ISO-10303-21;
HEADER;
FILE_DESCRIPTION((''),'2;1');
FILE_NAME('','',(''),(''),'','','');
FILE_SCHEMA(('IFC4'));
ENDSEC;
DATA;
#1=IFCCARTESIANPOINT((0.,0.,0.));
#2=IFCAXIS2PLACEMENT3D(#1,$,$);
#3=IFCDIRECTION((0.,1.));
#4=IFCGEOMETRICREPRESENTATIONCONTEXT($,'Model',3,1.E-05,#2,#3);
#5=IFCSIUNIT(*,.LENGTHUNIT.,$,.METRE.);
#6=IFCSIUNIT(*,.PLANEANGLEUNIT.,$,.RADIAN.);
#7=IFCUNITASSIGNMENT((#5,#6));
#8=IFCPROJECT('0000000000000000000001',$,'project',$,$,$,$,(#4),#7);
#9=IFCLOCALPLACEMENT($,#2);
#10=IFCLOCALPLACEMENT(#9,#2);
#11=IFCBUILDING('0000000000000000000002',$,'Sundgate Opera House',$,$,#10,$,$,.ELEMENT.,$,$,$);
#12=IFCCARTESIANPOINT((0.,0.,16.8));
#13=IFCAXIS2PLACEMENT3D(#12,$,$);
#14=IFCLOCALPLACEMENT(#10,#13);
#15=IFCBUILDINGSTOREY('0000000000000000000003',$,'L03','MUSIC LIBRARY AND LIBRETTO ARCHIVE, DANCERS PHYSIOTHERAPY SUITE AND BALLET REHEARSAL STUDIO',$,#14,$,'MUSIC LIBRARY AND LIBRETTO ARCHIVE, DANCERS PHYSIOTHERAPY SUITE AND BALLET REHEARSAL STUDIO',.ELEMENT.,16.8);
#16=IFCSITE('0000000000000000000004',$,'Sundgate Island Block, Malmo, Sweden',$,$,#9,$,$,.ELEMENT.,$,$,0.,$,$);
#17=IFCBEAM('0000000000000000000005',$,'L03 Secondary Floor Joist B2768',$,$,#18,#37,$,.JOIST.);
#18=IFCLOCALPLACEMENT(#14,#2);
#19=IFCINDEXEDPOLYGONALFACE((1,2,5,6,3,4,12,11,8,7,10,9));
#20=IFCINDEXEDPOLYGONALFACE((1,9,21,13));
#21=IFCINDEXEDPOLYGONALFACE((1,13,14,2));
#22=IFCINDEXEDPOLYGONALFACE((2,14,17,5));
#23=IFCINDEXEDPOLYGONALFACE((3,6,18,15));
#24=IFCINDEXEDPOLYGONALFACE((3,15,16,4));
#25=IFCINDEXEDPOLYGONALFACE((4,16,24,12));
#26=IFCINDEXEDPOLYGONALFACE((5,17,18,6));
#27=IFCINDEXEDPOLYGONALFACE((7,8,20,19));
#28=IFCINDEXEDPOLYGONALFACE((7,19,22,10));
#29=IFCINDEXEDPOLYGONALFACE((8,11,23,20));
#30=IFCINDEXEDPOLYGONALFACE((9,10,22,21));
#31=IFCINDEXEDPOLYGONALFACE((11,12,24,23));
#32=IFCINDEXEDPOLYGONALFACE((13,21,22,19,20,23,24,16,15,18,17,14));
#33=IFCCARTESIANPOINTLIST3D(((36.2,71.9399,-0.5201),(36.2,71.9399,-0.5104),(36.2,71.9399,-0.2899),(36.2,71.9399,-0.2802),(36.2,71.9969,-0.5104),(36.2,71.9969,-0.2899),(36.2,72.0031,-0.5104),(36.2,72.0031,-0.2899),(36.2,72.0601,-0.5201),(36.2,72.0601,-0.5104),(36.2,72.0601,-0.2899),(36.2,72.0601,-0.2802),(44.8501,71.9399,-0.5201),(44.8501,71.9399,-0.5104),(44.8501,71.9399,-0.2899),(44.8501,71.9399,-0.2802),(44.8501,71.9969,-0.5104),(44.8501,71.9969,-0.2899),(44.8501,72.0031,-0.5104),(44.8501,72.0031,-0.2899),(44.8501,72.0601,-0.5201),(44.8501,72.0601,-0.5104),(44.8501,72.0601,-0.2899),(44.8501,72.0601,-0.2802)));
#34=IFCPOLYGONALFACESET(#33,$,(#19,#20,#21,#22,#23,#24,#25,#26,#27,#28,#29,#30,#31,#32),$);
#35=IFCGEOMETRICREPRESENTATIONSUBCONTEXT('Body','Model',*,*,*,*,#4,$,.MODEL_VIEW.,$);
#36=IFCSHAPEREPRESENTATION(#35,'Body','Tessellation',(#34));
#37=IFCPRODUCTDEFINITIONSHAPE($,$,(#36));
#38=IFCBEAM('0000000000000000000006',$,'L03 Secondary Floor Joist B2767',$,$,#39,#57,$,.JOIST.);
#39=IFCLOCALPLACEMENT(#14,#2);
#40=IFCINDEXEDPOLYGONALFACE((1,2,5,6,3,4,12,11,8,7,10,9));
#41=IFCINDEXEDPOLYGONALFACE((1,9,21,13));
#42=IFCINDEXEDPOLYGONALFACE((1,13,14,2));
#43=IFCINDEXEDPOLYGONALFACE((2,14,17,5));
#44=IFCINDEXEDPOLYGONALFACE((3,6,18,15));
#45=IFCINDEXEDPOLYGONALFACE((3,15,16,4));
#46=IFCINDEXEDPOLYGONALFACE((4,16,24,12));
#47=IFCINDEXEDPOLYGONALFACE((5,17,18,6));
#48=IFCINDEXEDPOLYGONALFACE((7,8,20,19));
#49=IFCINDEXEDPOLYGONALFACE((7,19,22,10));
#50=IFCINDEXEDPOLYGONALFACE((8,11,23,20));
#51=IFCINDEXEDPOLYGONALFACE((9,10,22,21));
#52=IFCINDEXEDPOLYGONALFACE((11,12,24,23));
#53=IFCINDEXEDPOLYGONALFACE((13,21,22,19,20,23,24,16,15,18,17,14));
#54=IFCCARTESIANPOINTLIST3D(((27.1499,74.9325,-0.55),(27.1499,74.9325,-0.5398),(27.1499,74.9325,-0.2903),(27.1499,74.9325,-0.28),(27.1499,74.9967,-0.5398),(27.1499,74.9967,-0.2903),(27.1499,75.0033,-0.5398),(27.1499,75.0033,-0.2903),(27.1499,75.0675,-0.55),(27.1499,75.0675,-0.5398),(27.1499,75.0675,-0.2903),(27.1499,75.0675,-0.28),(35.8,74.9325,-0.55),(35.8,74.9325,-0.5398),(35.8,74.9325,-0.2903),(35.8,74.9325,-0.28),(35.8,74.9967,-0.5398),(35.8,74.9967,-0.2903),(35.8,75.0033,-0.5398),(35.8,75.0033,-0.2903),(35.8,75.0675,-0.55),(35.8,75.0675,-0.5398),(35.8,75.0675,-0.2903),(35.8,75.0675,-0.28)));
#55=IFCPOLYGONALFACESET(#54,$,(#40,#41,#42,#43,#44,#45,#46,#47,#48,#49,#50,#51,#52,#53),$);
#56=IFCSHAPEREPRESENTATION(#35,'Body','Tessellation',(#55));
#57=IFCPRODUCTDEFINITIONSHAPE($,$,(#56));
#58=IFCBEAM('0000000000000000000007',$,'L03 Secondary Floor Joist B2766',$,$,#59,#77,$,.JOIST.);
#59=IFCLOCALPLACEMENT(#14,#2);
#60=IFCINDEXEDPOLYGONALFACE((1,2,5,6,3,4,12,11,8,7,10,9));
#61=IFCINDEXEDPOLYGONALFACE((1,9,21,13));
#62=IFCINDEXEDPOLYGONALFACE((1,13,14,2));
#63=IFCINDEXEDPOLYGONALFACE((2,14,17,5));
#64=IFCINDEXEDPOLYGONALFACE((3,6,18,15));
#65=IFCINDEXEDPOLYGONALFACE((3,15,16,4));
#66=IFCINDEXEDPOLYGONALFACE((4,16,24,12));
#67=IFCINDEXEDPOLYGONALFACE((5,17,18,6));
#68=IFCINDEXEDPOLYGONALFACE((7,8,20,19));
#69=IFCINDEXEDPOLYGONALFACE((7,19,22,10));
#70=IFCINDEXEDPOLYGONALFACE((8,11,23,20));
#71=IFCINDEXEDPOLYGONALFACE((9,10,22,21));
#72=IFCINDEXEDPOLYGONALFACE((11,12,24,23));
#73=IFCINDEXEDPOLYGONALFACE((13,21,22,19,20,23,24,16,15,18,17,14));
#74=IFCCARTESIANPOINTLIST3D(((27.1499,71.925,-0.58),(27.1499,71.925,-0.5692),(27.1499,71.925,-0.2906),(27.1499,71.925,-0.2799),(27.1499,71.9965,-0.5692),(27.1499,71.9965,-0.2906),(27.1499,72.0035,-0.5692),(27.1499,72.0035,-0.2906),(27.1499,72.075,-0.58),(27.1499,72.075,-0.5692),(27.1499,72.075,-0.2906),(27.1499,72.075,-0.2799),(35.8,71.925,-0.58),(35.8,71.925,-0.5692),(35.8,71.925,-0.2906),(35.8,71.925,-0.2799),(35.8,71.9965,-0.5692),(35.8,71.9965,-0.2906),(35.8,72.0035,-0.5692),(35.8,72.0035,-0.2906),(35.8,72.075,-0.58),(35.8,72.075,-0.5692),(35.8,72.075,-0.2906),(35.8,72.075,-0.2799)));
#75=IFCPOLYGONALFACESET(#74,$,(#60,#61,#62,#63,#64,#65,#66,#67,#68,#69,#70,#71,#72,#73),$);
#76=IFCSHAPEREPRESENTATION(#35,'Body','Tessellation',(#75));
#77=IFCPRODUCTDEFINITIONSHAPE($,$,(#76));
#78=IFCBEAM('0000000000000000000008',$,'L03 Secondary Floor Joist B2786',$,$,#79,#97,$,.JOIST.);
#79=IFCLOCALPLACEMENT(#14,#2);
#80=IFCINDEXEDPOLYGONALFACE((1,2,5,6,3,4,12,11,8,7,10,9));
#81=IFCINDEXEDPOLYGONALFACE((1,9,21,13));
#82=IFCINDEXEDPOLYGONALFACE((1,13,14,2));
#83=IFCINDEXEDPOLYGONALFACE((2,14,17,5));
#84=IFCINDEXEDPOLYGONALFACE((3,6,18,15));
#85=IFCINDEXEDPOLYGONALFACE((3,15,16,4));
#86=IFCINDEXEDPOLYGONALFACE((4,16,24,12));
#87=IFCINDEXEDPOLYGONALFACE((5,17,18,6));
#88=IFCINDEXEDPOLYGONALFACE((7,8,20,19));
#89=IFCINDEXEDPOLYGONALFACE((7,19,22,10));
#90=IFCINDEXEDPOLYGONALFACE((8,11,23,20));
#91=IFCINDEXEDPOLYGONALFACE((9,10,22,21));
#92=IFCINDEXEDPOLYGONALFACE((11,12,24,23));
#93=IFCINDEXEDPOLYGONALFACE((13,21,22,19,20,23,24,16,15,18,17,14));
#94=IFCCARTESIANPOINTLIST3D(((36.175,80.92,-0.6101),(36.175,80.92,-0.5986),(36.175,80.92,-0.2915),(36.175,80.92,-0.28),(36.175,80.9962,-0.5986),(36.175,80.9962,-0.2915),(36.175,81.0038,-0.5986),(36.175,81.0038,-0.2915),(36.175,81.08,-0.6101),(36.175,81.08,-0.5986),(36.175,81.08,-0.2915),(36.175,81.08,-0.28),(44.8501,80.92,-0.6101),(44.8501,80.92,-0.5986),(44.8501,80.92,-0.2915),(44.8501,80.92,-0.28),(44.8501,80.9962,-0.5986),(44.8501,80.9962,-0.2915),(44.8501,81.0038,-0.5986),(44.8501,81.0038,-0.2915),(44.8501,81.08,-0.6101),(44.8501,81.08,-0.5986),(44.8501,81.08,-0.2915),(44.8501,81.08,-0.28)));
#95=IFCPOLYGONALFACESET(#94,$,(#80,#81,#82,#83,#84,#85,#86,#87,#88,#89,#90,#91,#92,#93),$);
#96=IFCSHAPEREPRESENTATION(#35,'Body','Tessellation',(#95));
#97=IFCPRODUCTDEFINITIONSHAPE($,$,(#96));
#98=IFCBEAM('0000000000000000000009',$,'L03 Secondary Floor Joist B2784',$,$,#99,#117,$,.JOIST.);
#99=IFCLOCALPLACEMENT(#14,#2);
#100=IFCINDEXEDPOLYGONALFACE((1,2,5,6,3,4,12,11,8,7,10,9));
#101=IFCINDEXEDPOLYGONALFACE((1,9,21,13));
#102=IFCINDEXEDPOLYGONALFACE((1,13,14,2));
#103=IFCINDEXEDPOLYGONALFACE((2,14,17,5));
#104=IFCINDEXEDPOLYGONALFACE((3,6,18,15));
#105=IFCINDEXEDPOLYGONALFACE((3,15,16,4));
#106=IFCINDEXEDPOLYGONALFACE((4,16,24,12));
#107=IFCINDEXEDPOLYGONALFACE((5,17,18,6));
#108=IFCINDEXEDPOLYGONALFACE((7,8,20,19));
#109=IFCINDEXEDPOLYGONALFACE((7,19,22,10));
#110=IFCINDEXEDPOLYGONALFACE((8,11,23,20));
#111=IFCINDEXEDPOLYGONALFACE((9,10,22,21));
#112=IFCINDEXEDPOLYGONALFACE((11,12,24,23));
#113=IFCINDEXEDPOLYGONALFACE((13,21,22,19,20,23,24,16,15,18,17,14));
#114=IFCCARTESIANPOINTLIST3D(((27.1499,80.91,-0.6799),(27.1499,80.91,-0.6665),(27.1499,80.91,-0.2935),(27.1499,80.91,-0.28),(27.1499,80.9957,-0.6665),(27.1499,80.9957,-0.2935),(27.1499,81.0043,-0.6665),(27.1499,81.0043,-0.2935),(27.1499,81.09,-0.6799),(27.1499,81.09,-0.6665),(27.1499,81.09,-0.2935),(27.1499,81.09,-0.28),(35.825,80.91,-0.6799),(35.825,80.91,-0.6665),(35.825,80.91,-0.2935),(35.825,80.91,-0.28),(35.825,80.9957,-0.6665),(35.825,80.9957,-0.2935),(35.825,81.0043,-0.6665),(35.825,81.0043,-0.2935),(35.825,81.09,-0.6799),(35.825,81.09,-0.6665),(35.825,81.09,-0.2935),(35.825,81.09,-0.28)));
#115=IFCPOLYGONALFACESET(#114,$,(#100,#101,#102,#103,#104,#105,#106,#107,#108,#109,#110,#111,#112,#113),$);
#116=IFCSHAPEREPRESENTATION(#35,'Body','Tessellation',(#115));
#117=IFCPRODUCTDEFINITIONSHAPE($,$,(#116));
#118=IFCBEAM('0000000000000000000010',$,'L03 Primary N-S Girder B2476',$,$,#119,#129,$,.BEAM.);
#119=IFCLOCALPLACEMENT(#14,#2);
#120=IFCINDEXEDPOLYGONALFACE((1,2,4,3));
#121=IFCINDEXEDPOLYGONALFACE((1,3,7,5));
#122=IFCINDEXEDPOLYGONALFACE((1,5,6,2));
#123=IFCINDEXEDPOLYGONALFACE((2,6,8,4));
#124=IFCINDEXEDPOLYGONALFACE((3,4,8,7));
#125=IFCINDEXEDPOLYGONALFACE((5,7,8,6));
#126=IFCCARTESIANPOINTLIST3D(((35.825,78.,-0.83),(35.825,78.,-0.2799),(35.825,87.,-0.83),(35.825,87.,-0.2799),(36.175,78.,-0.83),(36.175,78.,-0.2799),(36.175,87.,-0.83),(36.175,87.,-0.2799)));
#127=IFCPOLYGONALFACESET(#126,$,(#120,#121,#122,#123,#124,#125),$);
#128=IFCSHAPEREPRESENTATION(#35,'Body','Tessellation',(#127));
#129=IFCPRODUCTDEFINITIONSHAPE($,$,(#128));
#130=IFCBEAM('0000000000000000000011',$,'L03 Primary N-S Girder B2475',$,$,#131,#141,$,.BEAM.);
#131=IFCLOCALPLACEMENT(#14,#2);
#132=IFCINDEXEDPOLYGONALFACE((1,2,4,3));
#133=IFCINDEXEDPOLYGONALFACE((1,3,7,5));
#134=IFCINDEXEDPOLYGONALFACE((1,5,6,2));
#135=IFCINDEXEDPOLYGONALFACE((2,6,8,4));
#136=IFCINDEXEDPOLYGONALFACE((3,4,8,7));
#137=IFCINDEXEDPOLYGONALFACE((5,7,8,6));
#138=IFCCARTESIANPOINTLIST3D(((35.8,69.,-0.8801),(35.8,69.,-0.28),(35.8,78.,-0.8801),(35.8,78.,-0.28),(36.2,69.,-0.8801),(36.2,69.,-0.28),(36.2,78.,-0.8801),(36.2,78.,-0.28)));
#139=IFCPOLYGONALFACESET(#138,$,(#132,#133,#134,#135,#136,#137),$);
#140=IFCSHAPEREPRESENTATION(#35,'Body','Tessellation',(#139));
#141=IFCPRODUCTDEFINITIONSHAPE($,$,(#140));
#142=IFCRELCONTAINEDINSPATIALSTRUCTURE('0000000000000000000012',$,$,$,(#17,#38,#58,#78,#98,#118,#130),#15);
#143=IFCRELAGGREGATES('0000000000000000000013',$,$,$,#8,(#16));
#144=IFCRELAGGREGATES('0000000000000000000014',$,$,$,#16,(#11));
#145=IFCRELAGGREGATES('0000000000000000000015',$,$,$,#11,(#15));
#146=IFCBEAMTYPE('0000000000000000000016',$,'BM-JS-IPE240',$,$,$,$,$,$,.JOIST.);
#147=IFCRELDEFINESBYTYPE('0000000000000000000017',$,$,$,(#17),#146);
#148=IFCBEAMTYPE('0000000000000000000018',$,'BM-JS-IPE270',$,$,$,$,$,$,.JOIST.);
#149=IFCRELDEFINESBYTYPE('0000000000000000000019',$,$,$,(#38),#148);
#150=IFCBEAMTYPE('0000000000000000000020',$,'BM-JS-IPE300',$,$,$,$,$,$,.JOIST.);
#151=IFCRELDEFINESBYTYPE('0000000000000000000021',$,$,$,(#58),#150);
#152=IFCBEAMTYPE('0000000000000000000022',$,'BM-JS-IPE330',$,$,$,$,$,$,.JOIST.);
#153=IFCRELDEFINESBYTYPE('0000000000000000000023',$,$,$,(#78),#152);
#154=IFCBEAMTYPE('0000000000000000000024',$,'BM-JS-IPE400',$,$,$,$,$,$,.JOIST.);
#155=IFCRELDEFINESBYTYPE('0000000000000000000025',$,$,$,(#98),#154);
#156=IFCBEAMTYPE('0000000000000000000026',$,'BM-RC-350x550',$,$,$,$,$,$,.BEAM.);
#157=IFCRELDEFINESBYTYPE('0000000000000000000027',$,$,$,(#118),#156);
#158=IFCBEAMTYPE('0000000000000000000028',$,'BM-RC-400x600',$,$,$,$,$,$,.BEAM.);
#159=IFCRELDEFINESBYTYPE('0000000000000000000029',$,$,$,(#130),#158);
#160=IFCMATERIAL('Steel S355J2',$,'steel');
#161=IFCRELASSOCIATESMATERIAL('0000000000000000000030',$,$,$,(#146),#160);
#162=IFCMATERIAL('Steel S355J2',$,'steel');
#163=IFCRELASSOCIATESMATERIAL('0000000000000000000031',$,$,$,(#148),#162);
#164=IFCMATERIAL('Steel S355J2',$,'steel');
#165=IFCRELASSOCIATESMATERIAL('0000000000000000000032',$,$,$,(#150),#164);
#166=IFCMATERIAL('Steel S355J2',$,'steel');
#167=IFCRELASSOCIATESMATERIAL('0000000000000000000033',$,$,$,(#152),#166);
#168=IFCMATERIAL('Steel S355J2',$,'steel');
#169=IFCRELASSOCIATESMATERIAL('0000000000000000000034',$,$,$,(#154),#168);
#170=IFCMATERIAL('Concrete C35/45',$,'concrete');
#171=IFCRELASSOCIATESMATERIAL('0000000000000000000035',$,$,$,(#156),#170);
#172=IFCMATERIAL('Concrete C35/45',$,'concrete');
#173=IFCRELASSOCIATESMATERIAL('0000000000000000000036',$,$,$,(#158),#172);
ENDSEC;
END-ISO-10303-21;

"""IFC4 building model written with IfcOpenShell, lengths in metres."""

from ifc_helpers import new_model, si_unit, direction, frame, origin, origin_2d, place, context, subcontext, project, spatial, rectangle, i_section, extrude, material, material_profile, profile_set, type_object, element, save


model = new_model("IFC4")

# Units and contexts
model_context = context("Model", 3, precision=1e-05, world=origin(), true_north=direction((0.0, 1.0)))
body_context = subcontext(model_context, "Body", "Model", "MODEL_VIEW")
ifc_project = project(units=[si_unit("LENGTHUNIT", "METRE"), si_unit("PLANEANGLEUNIT", "RADIAN")], contexts=[model_context])

# Site, building, storey
site_placement = place(None, origin())
site = spatial("IfcSite", under=ifc_project, at=site_placement, Name="Sundgate Island Block, Malmo, Sweden", CompositionType="ELEMENT", RefElevation=0.0)
building_placement = place(site_placement, origin())
building = spatial("IfcBuilding", under=site, at=building_placement, Name="Sundgate Opera House", CompositionType="ELEMENT")
storey_placement = place(building_placement, frame((0.0, 0.0, 16.8)))
storey = spatial("IfcBuildingStorey", under=building, at=storey_placement, Name="L03", Description="MUSIC LIBRARY AND LIBRETTO ARCHIVE, DANCERS PHYSIOTHERAPY SUITE AND BALLET REHEARSAL STUDIO", LongName="MUSIC LIBRARY AND LIBRETTO ARCHIVE, DANCERS PHYSIOTHERAPY SUITE AND BALLET REHEARSAL STUDIO", CompositionType="ELEMENT", Elevation=16.8)

# Beams
ifc_material_1 = material(Name="Steel S355J2", Category="steel")
ifc_material_profile_1 = material_profile(ifc_material_1, i_section(OverallWidth=0.1201, OverallDepth=0.24, WebThickness=0.0061, FlangeThickness=0.0098, at=origin_2d()), Name="IPE 240")
ifc_profile_set_1 = profile_set([ifc_material_profile_1], Name="Steel S355J2")
beam_type_1 = type_object("IfcBeamType", Name="BM-JS-IPE240", PredefinedType="JOIST", material=ifc_profile_set_1)
beam_1_placement = place(storey_placement, frame((36.2, 72.0, -0.4001), z_axis=(1.0, 0.0, 0.0), x_axis=(0.0, 1.0, 0.0)))
element("IfcBeam", 1, at=beam_1_placement, inside=storey, type_object=beam_type_1, Name="L03 Secondary Floor Joist B2768", PredefinedType="JOIST", context=body_context, shape_type="SweptSolid", body=[
    extrude(i_section(OverallWidth=0.1201, OverallDepth=0.24, WebThickness=0.0061, FlangeThickness=0.0098, at=origin_2d()), origin(), (0.0, 0.0, 1.0), 8.6501),
])
ifc_material_2 = material(Name="Steel S355J2", Category="steel")
ifc_material_profile_2 = material_profile(ifc_material_2, i_section(OverallWidth=0.135, OverallDepth=0.27, WebThickness=0.0066, FlangeThickness=0.0103, at=origin_2d()), Name="IPE 270")
ifc_profile_set_2 = profile_set([ifc_material_profile_2], Name="Steel S355J2")
beam_type_2 = type_object("IfcBeamType", Name="BM-JS-IPE270", PredefinedType="JOIST", material=ifc_profile_set_2)
beam_2_placement = place(storey_placement, frame((27.1499, 75.0, -0.415), z_axis=(1.0, 0.0, 0.0), x_axis=(0.0, 1.0, 0.0)))
element("IfcBeam", 2, at=beam_2_placement, inside=storey, type_object=beam_type_2, Name="L03 Secondary Floor Joist B2767", PredefinedType="JOIST", context=body_context, shape_type="SweptSolid", body=[
    extrude(i_section(OverallWidth=0.135, OverallDepth=0.27, WebThickness=0.0066, FlangeThickness=0.0103, at=origin_2d()), origin(), (0.0, 0.0, 1.0), 8.6501),
])
ifc_material_3 = material(Name="Steel S355J2", Category="steel")
ifc_material_profile_3 = material_profile(ifc_material_3, i_section(OverallWidth=0.1499, OverallDepth=0.3, WebThickness=0.0071, FlangeThickness=0.0107, at=origin_2d()), Name="IPE 300")
ifc_profile_set_3 = profile_set([ifc_material_profile_3], Name="Steel S355J2")
beam_type_3 = type_object("IfcBeamType", Name="BM-JS-IPE300", PredefinedType="JOIST", material=ifc_profile_set_3)
beam_3_placement = place(storey_placement, frame((27.1499, 72.0, -0.4299), z_axis=(1.0, 0.0, 0.0), x_axis=(0.0, 1.0, 0.0)))
element("IfcBeam", 3, at=beam_3_placement, inside=storey, type_object=beam_type_3, Name="L03 Secondary Floor Joist B2766", PredefinedType="JOIST", context=body_context, shape_type="SweptSolid", body=[
    extrude(i_section(OverallWidth=0.1499, OverallDepth=0.3, WebThickness=0.0071, FlangeThickness=0.0107, at=origin_2d()), origin(), (0.0, 0.0, 1.0), 8.6501),
])
ifc_material_4 = material(Name="Steel S355J2", Category="steel")
ifc_material_profile_4 = material_profile(ifc_material_4, i_section(OverallWidth=0.1599, OverallDepth=0.3301, WebThickness=0.0076, FlangeThickness=0.0115, at=origin_2d()), Name="IPE 330")
ifc_profile_set_4 = profile_set([ifc_material_profile_4], Name="Steel S355J2")
beam_type_4 = type_object("IfcBeamType", Name="BM-JS-IPE330", PredefinedType="JOIST", material=ifc_profile_set_4)
beam_4_placement = place(storey_placement, frame((36.175, 81.0, -0.4451), z_axis=(1.0, 0.0, 0.0), x_axis=(0.0, 1.0, 0.0)))
element("IfcBeam", 4, at=beam_4_placement, inside=storey, type_object=beam_type_4, Name="L03 Secondary Floor Joist B2786", PredefinedType="JOIST", context=body_context, shape_type="SweptSolid", body=[
    extrude(i_section(OverallWidth=0.1599, OverallDepth=0.3301, WebThickness=0.0076, FlangeThickness=0.0115, at=origin_2d()), origin(), (0.0, 0.0, 1.0), 8.675),
])
ifc_material_5 = material(Name="Steel S355J2", Category="steel")
ifc_material_profile_5 = material_profile(ifc_material_5, i_section(OverallWidth=0.1799, OverallDepth=0.3999, WebThickness=0.0085, FlangeThickness=0.0134, at=origin_2d()), Name="IPE 400")
ifc_profile_set_5 = profile_set([ifc_material_profile_5], Name="Steel S355J2")
beam_type_5 = type_object("IfcBeamType", Name="BM-JS-IPE400", PredefinedType="JOIST", material=ifc_profile_set_5)
beam_5_placement = place(storey_placement, frame((27.1499, 81.0, -0.48), z_axis=(1.0, 0.0, 0.0), x_axis=(0.0, 1.0, 0.0)))
element("IfcBeam", 5, at=beam_5_placement, inside=storey, type_object=beam_type_5, Name="L03 Secondary Floor Joist B2784", PredefinedType="JOIST", context=body_context, shape_type="SweptSolid", body=[
    extrude(i_section(OverallWidth=0.1799, OverallDepth=0.3999, WebThickness=0.0085, FlangeThickness=0.0134, at=origin_2d()), origin(), (0.0, 0.0, 1.0), 8.675),
])
ifc_material_6 = material(Name="Concrete C35/45", Category="concrete")
ifc_material_profile_6 = material_profile(ifc_material_6, rectangle(XDim=0.3501, YDim=0.55, at=origin_2d()), Name="RC 350x550")
ifc_profile_set_6 = profile_set([ifc_material_profile_6], Name="Concrete C35/45")
beam_type_6 = type_object("IfcBeamType", Name="BM-RC-350x550", PredefinedType="BEAM", material=ifc_profile_set_6)
beam_6_placement = place(storey_placement, frame((36.0, 78.0, -0.5549), z_axis=(0.0, 1.0, 0.0), x_axis=(-1.0, 0.0, 0.0)))
element("IfcBeam", 6, at=beam_6_placement, inside=storey, type_object=beam_type_6, Name="L03 Primary N-S Girder B2476", PredefinedType="BEAM", context=body_context, shape_type="SweptSolid", body=[
    extrude(rectangle(XDim=0.3501, YDim=0.55, at=origin_2d()), origin(), (0.0, 0.0, 1.0), 9.0),
])
ifc_material_7 = material(Name="Concrete C35/45", Category="concrete")
ifc_material_profile_7 = material_profile(ifc_material_7, rectangle(XDim=0.3999, YDim=0.6001, at=origin_2d()), Name="RC 400x600")
ifc_profile_set_7 = profile_set([ifc_material_profile_7], Name="Concrete C35/45")
beam_type_7 = type_object("IfcBeamType", Name="BM-RC-400x600", PredefinedType="BEAM", material=ifc_profile_set_7)
beam_7_placement = place(storey_placement, frame((36.0, 69.0, -0.5801), z_axis=(0.0, 1.0, 0.0), x_axis=(-1.0, 0.0, 0.0)))
element("IfcBeam", 7, at=beam_7_placement, inside=storey, type_object=beam_type_7, Name="L03 Primary N-S Girder B2475", PredefinedType="BEAM", context=body_context, shape_type="SweptSolid", body=[
    extrude(rectangle(XDim=0.3999, YDim=0.6001, at=origin_2d()), origin(), (0.0, 0.0, 1.0), 9.0),
])

save(model, "model.ifc")
